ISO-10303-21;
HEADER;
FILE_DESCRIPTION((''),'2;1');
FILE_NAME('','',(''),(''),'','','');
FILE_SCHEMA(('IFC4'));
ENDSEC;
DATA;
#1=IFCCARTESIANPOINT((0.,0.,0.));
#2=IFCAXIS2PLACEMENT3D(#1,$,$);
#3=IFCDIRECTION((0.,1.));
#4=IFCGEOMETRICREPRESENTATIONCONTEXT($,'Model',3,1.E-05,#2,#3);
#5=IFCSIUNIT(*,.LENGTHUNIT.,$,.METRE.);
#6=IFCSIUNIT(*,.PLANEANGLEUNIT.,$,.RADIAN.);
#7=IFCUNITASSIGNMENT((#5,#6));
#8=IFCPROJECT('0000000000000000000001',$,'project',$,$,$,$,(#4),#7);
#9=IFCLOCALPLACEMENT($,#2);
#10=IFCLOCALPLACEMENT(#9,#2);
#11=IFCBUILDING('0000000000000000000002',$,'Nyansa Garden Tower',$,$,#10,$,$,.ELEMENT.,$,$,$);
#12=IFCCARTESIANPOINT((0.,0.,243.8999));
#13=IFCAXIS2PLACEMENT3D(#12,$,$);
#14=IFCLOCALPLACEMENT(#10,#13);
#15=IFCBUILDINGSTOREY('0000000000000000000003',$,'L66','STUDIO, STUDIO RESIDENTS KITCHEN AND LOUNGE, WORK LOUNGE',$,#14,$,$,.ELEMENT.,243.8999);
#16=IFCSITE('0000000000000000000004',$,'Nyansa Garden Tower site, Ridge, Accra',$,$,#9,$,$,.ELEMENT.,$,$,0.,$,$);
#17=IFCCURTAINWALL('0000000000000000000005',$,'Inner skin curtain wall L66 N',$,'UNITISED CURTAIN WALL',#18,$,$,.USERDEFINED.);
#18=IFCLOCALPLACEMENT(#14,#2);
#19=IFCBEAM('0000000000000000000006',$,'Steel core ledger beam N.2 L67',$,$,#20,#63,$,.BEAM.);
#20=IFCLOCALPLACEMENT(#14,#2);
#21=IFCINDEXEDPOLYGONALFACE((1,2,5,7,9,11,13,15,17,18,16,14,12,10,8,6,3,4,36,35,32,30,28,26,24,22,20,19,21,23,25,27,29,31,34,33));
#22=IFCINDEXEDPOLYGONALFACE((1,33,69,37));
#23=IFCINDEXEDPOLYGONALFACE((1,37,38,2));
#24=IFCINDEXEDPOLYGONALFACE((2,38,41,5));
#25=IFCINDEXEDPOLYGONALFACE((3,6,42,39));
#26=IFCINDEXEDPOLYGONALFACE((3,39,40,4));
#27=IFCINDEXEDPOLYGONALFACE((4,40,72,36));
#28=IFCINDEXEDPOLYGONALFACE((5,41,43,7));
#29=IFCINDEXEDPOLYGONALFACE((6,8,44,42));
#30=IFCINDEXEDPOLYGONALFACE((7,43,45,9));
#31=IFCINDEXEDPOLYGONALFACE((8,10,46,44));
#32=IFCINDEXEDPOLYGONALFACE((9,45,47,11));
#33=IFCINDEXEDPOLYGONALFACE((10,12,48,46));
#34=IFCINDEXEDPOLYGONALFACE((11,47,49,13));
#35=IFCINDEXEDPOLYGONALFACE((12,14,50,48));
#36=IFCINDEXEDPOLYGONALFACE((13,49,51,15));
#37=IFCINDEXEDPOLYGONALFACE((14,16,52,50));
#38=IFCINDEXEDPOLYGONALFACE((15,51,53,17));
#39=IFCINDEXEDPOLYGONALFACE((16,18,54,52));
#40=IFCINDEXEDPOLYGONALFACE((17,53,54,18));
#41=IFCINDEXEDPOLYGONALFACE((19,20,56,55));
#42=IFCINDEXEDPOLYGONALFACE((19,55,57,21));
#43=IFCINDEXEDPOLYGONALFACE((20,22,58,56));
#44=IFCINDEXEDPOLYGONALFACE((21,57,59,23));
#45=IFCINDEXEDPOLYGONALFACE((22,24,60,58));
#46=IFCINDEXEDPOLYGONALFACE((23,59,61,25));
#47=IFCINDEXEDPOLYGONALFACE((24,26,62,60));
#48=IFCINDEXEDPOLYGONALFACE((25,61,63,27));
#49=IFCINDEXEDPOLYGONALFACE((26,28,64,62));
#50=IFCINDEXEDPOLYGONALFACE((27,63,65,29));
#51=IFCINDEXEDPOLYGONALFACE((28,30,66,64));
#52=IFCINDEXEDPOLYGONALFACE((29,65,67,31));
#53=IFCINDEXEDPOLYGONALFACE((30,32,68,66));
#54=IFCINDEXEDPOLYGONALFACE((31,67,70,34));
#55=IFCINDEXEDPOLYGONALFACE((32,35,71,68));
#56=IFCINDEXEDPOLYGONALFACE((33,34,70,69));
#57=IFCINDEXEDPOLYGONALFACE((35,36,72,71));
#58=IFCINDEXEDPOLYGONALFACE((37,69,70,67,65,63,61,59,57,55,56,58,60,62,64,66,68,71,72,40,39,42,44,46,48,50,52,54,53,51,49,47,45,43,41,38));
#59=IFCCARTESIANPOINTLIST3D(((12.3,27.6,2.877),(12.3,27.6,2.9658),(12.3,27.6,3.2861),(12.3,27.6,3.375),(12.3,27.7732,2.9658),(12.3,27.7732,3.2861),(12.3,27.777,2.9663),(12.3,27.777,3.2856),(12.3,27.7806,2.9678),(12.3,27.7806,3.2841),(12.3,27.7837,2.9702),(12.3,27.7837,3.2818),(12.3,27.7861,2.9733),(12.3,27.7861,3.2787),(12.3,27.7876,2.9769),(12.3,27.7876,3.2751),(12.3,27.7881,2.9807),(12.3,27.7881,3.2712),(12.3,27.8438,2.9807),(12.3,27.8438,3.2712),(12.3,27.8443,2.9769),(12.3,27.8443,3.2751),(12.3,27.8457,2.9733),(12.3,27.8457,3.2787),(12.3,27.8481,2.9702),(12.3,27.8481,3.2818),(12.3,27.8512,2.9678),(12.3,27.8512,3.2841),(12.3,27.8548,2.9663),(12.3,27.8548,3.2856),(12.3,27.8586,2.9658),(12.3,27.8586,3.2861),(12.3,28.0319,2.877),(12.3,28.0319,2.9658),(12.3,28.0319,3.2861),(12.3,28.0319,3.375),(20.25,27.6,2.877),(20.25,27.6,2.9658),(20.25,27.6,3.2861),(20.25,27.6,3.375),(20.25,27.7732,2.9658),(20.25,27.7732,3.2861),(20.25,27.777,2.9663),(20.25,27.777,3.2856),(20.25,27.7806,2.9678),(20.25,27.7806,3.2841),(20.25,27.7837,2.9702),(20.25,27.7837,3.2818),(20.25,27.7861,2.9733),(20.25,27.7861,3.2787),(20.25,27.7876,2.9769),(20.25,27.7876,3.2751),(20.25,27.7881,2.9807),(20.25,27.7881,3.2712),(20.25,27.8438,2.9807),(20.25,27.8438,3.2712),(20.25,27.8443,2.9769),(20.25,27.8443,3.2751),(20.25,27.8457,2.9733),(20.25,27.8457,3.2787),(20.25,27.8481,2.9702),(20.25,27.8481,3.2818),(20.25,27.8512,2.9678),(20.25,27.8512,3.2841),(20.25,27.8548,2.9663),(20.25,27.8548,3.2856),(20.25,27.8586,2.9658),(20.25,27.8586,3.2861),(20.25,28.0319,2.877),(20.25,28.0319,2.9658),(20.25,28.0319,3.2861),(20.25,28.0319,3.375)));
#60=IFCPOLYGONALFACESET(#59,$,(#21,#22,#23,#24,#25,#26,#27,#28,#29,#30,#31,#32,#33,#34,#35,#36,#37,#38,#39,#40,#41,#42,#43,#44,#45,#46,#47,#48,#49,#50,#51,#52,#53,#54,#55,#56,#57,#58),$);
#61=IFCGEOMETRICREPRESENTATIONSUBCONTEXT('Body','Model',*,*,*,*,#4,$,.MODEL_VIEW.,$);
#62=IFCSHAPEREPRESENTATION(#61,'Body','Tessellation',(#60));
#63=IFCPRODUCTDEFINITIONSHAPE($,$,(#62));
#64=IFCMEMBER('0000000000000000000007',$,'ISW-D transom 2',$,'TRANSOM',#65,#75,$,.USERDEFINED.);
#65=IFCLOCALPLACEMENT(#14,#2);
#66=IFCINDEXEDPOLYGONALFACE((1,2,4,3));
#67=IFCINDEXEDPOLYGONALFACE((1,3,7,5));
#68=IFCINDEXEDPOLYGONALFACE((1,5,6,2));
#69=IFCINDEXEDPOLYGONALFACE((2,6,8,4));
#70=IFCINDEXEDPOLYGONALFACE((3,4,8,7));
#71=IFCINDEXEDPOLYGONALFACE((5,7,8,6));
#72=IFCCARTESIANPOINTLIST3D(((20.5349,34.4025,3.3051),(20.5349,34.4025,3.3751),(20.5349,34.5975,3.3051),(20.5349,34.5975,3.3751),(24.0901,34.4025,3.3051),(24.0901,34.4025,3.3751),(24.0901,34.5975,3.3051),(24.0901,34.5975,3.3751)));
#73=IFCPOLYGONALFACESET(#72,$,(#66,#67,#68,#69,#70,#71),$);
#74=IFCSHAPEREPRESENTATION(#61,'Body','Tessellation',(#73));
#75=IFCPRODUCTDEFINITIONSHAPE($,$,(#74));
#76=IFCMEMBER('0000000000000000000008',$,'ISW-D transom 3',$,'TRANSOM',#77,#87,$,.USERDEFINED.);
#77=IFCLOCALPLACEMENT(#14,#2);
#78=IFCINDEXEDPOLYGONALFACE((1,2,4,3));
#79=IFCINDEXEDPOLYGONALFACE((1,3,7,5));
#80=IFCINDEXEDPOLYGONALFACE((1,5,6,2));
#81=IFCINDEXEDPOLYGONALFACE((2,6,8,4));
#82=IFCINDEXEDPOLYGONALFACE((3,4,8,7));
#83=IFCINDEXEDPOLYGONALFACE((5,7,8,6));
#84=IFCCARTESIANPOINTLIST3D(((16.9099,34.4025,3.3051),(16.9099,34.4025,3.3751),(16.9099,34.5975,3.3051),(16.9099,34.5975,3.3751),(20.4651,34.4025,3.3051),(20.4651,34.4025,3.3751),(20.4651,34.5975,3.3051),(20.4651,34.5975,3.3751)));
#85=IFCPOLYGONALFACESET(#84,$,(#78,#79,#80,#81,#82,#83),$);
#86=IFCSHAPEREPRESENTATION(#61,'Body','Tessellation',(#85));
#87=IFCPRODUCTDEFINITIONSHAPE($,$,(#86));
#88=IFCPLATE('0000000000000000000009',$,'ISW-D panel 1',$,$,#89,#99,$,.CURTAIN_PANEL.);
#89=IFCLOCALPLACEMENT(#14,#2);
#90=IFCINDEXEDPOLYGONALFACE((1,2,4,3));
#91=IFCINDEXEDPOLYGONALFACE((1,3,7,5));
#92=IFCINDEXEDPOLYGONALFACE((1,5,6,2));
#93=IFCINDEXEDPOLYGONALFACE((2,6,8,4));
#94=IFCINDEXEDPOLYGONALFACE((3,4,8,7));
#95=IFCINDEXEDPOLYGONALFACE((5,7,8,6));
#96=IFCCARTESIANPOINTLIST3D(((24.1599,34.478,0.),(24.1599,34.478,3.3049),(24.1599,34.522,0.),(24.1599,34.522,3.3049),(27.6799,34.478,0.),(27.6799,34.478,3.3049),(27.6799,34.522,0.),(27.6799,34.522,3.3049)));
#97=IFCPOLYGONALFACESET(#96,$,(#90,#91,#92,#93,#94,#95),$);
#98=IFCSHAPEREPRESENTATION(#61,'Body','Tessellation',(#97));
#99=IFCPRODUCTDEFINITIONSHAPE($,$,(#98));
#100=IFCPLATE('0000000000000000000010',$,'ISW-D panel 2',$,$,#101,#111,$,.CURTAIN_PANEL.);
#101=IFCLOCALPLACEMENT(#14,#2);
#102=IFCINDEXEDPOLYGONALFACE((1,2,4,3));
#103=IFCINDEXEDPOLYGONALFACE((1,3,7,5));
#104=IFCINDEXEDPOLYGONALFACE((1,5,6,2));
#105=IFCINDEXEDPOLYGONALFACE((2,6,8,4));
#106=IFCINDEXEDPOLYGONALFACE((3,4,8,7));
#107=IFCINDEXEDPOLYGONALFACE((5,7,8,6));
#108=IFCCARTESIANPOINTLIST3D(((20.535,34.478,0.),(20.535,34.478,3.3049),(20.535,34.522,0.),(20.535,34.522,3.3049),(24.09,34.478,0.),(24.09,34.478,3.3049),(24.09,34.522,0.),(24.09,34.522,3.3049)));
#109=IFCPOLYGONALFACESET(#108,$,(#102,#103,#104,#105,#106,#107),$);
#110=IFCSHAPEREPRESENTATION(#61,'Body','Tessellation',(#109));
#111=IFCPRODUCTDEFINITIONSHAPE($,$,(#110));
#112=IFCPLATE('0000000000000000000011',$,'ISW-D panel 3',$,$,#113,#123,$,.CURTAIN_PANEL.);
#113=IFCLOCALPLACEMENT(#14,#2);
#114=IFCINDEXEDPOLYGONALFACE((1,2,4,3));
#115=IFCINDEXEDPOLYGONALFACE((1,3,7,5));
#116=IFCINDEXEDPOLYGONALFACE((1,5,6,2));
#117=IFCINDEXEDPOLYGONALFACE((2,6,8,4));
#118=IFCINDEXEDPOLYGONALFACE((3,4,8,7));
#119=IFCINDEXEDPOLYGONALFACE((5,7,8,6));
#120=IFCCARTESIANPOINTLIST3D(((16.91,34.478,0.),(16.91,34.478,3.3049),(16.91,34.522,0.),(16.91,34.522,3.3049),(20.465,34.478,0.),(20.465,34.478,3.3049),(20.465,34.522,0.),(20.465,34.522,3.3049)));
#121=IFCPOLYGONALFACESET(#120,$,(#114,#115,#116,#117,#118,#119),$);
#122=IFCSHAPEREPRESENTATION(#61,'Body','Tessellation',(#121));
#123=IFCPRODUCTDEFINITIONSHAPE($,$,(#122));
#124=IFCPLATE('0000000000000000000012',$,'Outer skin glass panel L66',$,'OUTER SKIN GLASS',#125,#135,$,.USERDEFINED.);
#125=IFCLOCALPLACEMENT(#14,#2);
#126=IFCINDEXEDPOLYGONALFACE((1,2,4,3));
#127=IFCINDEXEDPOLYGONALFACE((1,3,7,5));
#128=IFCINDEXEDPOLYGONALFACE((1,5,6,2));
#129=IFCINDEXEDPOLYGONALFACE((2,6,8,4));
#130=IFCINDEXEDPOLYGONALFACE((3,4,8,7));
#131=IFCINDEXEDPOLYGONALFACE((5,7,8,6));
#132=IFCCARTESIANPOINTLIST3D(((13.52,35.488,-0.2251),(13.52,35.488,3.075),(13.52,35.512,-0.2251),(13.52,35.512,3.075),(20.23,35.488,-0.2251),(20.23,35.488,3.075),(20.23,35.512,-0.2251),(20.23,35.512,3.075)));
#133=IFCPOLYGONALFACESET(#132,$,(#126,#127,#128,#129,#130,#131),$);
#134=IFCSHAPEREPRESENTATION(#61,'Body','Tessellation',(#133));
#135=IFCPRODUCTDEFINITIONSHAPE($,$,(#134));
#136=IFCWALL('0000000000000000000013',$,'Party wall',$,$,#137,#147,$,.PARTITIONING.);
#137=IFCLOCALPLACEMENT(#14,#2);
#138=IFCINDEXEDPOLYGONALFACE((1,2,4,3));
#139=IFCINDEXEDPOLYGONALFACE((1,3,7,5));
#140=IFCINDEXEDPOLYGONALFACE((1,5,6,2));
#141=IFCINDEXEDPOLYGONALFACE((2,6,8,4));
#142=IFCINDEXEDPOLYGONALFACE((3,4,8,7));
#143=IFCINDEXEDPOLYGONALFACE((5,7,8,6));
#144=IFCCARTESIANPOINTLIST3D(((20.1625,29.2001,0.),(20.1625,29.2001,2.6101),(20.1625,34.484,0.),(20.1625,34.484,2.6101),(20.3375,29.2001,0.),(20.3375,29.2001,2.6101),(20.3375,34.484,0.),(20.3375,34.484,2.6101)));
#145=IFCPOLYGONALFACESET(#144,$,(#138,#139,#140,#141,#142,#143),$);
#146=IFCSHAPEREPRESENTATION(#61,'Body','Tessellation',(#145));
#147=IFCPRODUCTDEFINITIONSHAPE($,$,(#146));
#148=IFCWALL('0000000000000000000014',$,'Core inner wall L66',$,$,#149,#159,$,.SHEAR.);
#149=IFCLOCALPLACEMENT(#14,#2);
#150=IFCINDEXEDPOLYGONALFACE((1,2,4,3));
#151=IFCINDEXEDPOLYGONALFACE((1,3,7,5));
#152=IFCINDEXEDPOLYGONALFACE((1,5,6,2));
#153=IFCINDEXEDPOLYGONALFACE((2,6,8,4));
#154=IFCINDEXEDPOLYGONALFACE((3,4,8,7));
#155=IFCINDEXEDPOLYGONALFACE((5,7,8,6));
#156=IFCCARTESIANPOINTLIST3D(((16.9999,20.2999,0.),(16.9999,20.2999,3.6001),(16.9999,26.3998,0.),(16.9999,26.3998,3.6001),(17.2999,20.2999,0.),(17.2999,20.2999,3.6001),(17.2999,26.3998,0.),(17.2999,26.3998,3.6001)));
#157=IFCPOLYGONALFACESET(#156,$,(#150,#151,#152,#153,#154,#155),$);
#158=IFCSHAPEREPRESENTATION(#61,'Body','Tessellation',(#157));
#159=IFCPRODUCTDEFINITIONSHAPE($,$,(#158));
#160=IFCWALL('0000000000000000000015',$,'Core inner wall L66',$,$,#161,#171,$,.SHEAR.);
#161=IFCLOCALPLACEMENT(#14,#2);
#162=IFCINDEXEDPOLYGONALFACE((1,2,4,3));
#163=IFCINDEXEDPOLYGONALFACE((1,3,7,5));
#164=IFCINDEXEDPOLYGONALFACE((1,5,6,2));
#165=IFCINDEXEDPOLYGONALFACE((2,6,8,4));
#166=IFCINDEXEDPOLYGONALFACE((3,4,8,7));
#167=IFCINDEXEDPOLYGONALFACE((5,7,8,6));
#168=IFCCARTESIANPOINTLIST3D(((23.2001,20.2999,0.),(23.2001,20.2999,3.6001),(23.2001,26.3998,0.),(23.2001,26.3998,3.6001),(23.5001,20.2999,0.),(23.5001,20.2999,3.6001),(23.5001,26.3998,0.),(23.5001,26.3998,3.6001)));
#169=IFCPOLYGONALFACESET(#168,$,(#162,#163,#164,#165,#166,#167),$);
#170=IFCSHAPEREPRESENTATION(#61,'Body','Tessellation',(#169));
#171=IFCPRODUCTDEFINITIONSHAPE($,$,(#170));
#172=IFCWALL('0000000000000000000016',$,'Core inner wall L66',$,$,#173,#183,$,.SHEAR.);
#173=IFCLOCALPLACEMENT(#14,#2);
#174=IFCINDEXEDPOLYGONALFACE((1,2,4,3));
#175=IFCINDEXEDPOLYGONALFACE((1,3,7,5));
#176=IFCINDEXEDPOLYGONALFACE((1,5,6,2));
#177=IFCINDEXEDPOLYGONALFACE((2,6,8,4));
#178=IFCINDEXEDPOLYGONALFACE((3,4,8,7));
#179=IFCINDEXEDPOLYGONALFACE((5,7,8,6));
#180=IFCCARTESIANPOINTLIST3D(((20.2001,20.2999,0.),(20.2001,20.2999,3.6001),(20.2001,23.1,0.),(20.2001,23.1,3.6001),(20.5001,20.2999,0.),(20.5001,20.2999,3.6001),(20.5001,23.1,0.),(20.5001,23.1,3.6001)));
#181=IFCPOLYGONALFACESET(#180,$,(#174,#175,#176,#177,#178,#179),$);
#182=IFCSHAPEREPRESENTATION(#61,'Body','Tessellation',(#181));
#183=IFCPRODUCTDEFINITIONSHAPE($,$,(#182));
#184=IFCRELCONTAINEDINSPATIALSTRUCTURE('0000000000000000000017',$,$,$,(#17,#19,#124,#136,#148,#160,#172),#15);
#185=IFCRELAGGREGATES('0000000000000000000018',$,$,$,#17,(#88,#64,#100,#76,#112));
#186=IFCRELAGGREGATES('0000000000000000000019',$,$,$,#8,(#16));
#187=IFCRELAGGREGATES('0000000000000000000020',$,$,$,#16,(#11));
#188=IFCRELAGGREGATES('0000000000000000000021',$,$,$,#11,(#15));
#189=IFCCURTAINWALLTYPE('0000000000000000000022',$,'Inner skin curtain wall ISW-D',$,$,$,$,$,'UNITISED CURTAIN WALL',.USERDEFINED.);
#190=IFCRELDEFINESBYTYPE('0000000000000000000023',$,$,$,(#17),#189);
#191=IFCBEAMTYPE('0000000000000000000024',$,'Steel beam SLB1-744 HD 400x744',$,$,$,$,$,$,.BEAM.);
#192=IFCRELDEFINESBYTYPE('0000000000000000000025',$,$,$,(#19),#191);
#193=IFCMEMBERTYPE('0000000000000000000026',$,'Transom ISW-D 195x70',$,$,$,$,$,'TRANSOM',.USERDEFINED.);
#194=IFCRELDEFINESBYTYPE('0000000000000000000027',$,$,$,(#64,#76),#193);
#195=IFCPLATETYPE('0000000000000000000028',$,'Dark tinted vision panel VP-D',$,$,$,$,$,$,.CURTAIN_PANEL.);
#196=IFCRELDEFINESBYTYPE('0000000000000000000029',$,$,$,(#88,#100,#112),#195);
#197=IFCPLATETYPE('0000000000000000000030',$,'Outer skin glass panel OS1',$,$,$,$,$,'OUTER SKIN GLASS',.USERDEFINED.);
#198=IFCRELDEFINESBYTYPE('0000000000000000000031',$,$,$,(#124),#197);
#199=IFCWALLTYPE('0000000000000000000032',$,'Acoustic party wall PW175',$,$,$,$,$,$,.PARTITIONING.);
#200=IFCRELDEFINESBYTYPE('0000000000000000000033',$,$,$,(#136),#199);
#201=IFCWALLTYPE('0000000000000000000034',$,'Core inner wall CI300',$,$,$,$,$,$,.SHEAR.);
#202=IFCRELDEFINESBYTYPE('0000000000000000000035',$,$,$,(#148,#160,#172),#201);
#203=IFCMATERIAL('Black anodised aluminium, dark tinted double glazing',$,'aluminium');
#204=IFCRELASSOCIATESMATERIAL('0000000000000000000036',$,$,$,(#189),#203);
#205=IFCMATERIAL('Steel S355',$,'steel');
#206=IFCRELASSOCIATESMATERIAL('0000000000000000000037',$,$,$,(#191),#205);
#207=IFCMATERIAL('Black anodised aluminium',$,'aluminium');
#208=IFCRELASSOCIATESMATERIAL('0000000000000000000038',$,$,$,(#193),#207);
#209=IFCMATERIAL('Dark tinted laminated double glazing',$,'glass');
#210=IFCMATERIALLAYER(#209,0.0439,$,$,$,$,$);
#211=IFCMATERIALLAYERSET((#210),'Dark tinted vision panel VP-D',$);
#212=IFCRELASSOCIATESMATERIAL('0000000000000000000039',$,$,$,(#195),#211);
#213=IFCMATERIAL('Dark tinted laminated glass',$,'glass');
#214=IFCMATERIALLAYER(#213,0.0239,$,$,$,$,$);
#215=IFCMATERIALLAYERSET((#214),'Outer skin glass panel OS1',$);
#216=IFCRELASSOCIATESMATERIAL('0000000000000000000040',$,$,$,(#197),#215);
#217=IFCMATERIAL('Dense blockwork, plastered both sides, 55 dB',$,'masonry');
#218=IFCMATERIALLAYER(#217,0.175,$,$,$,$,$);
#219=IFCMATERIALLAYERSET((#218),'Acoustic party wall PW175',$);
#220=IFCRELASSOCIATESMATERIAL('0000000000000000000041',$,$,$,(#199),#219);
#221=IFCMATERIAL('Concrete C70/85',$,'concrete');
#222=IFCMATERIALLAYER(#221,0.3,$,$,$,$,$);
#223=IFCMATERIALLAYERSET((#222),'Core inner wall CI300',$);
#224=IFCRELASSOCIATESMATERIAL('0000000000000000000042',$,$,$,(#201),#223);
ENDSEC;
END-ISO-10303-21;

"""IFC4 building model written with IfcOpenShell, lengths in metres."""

from ifc_helpers import new_model, si_unit, direction, frame, frame_2d, origin, origin_2d, place, context, subcontext, project, spatial, rectangle, i_section, extrude, material, layer, layer_set, material_profile, profile_set, type_object, element, aggregate, save


model = new_model("IFC4")

# Units and contexts
model_context = context("Model", 3, precision=1e-05, world=origin(), true_north=direction((0.0, 1.0)))
body_context = subcontext(model_context, "Body", "Model", "MODEL_VIEW")
ifc_project = project(units=[si_unit("LENGTHUNIT", "METRE"), si_unit("PLANEANGLEUNIT", "RADIAN")], contexts=[model_context])

# Site, building, storey
site_placement = place(None, origin())
site = spatial("IfcSite", under=ifc_project, at=site_placement, Name="Nyansa Garden Tower site, Ridge, Accra", CompositionType="ELEMENT", RefElevation=0.0)
building_placement = place(site_placement, origin())
building = spatial("IfcBuilding", under=site, at=building_placement, Name="Nyansa Garden Tower", CompositionType="ELEMENT")
storey_placement = place(building_placement, frame((0.0, 0.0, 243.8999)))
storey = spatial("IfcBuildingStorey", under=building, at=storey_placement, Name="L66", Description="STUDIO, STUDIO RESIDENTS KITCHEN AND LOUNGE, WORK LOUNGE", CompositionType="ELEMENT", Elevation=243.8999)

# Curtain wall
ifc_material_1 = material(Name="Black anodised aluminium, dark tinted double glazing", Category="aluminium")
curtain_wall_type = type_object("IfcCurtainWallType", Name="Inner skin curtain wall ISW-D", ElementType="UNITISED CURTAIN WALL", PredefinedType="USERDEFINED", material=ifc_material_1)
curtain_wall_placement = place(storey_placement, origin())
curtain_wall = element("IfcCurtainWall", 1, at=curtain_wall_placement, inside=storey, type_object=curtain_wall_type, Name="Inner skin curtain wall L66 N", ObjectType="UNITISED CURTAIN WALL", PredefinedType="USERDEFINED")

# Beam
ifc_material_2 = material(Name="Steel S355", Category="steel")
ifc_material_profile_1 = material_profile(ifc_material_2, i_section(OverallWidth=0.4319, OverallDepth=0.498, WebThickness=0.0557, FlangeThickness=0.0889, FilletRadius=0.0149, at=origin_2d()), Name="HD 400x744")
ifc_profile_set_1 = profile_set([ifc_material_profile_1], Name="Steel S355")
beam_type_1 = type_object("IfcBeamType", Name="Steel beam SLB1-744 HD 400x744", PredefinedType="BEAM", material=ifc_profile_set_1)
beam_1_placement = place(storey_placement, frame((20.25, 27.8159, 3.126), z_axis=(-1.0, 0.0, 0.0), x_axis=(0.0, -1.0, 0.0)))
element("IfcBeam", 2, at=beam_1_placement, inside=storey, type_object=beam_type_1, Name="Steel core ledger beam N.2 L67", PredefinedType="BEAM", context=body_context, shape_type="SweptSolid", body=[
    extrude(i_section(OverallWidth=0.4319, OverallDepth=0.498, WebThickness=0.0557, FlangeThickness=0.0889, FilletRadius=0.0149, at=origin_2d()), origin(), (0.0, 0.0, 1.0), 7.95),
])

# Members
ifc_material_3 = material(Name="Black anodised aluminium", Category="aluminium")
ifc_material_profile_2 = material_profile(ifc_material_3, rectangle(XDim=0.1951, YDim=0.0701, at=origin_2d()), Name="Transom 195x70")
ifc_profile_set_2 = profile_set([ifc_material_profile_2], Name="Black anodised aluminium")
member_type_1 = type_object("IfcMemberType", Name="Transom ISW-D 195x70", ElementType="TRANSOM", PredefinedType="USERDEFINED", material=ifc_profile_set_2)
member_1_placement = place(storey_placement, frame((24.0901, 34.5, 3.3401), z_axis=(-1.0, 0.0, 0.0), x_axis=(0.0, -1.0, 0.0)))
member_1 = element("IfcMember", 3, at=member_1_placement, type_object=member_type_1, Name="ISW-D transom 2", ObjectType="TRANSOM", PredefinedType="USERDEFINED", context=body_context, shape_type="SweptSolid", body=[
    extrude(rectangle(XDim=0.1951, YDim=0.0701, at=origin_2d()), origin(), (0.0, 0.0, 1.0), 3.5552),
])
member_2_placement = place(storey_placement, frame((20.4651, 34.5, 3.3401), z_axis=(-1.0, 0.0, 0.0), x_axis=(0.0, -1.0, 0.0)))
member_2 = element("IfcMember", 4, at=member_2_placement, type_object=member_type_1, Name="ISW-D transom 3", ObjectType="TRANSOM", PredefinedType="USERDEFINED", context=body_context, shape_type="SweptSolid", body=[
    extrude(rectangle(XDim=0.1951, YDim=0.0701, at=origin_2d()), origin(), (0.0, 0.0, 1.0), 3.5552),
])

# Plates
ifc_material_4 = material(Name="Dark tinted laminated double glazing", Category="glass")
ifc_layer_1 = layer(ifc_material_4, 0.0439)
ifc_layer_set_1 = layer_set([ifc_layer_1], Name="Dark tinted vision panel VP-D")
plate_type_1 = type_object("IfcPlateType", Name="Dark tinted vision panel VP-D", PredefinedType="CURTAIN_PANEL", material=ifc_layer_set_1)
plate_1_placement = place(storey_placement, frame((25.9199, 34.5, 0.0), z_axis=(0.0, 0.0, 1.0), x_axis=(-1.0, 0.0, 0.0)))
plate_1 = element("IfcPlate", 5, at=plate_1_placement, type_object=plate_type_1, Name="ISW-D panel 1", PredefinedType="CURTAIN_PANEL", context=body_context, shape_type="SweptSolid", body=[
    extrude(rectangle(XDim=3.52, YDim=0.0439, at=origin_2d()), origin(), (0.0, 0.0, 1.0), 3.3049),
])
plate_2_placement = place(storey_placement, frame((22.3125, 34.5, 0.0), z_axis=(0.0, 0.0, 1.0), x_axis=(-1.0, 0.0, 0.0)))
plate_2 = element("IfcPlate", 6, at=plate_2_placement, type_object=plate_type_1, Name="ISW-D panel 2", PredefinedType="CURTAIN_PANEL", context=body_context, shape_type="SweptSolid", body=[
    extrude(rectangle(XDim=3.5549, YDim=0.0439, at=origin_2d()), origin(), (0.0, 0.0, 1.0), 3.3049),
])
plate_3_placement = place(storey_placement, frame((18.6875, 34.5, 0.0), z_axis=(0.0, 0.0, 1.0), x_axis=(-1.0, 0.0, 0.0)))
plate_3 = element("IfcPlate", 7, at=plate_3_placement, type_object=plate_type_1, Name="ISW-D panel 3", PredefinedType="CURTAIN_PANEL", context=body_context, shape_type="SweptSolid", body=[
    extrude(rectangle(XDim=3.5549, YDim=0.0439, at=origin_2d()), origin(), (0.0, 0.0, 1.0), 3.3049),
])
aggregate(curtain_wall, [plate_1, member_1, plate_2, member_2, plate_3])
ifc_material_5 = material(Name="Dark tinted laminated glass", Category="glass")
ifc_layer_2 = layer(ifc_material_5, 0.0239)
ifc_layer_set_2 = layer_set([ifc_layer_2], Name="Outer skin glass panel OS1")
plate_type_2 = type_object("IfcPlateType", Name="Outer skin glass panel OS1", ElementType="OUTER SKIN GLASS", PredefinedType="USERDEFINED", material=ifc_layer_set_2)
plate_4_placement = place(storey_placement, frame((16.875, 35.5, -0.2251), z_axis=(0.0, 0.0, 1.0), x_axis=(1.0, 0.0, 0.0)))
element("IfcPlate", 8, at=plate_4_placement, inside=storey, type_object=plate_type_2, Name="Outer skin glass panel L66", ObjectType="OUTER SKIN GLASS", PredefinedType="USERDEFINED", context=body_context, shape_type="SweptSolid", body=[
    extrude(rectangle(XDim=6.71, YDim=0.0239, at=origin_2d()), origin(), (0.0, 0.0, 1.0), 3.3),
])

# Walls
ifc_material_6 = material(Name="Dense blockwork, plastered both sides, 55 dB", Category="masonry")
ifc_layer_3 = layer(ifc_material_6, 0.175)
ifc_layer_set_3 = layer_set([ifc_layer_3], Name="Acoustic party wall PW175")
wall_type_1 = type_object("IfcWallType", Name="Acoustic party wall PW175", PredefinedType="PARTITIONING", material=ifc_layer_set_3)
wall_1_placement = place(storey_placement, frame((20.25, 29.2, 0.0), z_axis=(0.0, 0.0, 1.0), x_axis=(0.0, 1.0, 0.0)))
element("IfcWall", 9, at=wall_1_placement, inside=storey, type_object=wall_type_1, Name="Party wall", PredefinedType="PARTITIONING", context=body_context, shape_type="SweptSolid", body=[
    extrude(rectangle(XDim=5.2839, YDim=0.175, at=frame_2d((2.6421, 0.0))), origin(), (0.0, 0.0, 1.0), 2.6101),
])
ifc_material_7 = material(Name="Concrete C70/85", Category="concrete")
ifc_layer_4 = layer(ifc_material_7, 0.3)
ifc_layer_set_4 = layer_set([ifc_layer_4], Name="Core inner wall CI300")
wall_type_2 = type_object("IfcWallType", Name="Core inner wall CI300", PredefinedType="SHEAR", material=ifc_layer_set_4)
for number, where, z_axis, x_axis, name in (
    (10, (17.1499, 20.3, 0.0), (0.0, 0.0, 1.0), (0.0, 1.0, 0.0), "Core inner wall L66"),
    (11, (23.3501, 20.3, 0.0), (0.0, 0.0, 1.0), (0.0, 1.0, 0.0), "Core inner wall L66"),
):
    element("IfcWall", number, at=place(storey_placement, frame(where, z_axis=z_axis, x_axis=x_axis)), inside=storey, type_object=wall_type_2, Name=name, PredefinedType="SHEAR", context=body_context, shape_type="SweptSolid", body=[
        extrude(rectangle(XDim=6.0999, YDim=0.3, at=frame_2d((3.0498, 0.0))), origin(), (0.0, 0.0, 1.0), 3.6001),
    ])
wall_2_placement = place(storey_placement, frame((20.3501, 20.3, 0.0), z_axis=(0.0, 0.0, 1.0), x_axis=(0.0, 1.0, 0.0)))
element("IfcWall", 12, at=wall_2_placement, inside=storey, type_object=wall_type_2, Name="Core inner wall L66", PredefinedType="SHEAR", context=body_context, shape_type="SweptSolid", body=[
    extrude(rectangle(XDim=2.8, YDim=0.3, at=frame_2d((1.3999, 0.0))), origin(), (0.0, 0.0, 1.0), 3.6001),
])

save(model, "model.ifc")
